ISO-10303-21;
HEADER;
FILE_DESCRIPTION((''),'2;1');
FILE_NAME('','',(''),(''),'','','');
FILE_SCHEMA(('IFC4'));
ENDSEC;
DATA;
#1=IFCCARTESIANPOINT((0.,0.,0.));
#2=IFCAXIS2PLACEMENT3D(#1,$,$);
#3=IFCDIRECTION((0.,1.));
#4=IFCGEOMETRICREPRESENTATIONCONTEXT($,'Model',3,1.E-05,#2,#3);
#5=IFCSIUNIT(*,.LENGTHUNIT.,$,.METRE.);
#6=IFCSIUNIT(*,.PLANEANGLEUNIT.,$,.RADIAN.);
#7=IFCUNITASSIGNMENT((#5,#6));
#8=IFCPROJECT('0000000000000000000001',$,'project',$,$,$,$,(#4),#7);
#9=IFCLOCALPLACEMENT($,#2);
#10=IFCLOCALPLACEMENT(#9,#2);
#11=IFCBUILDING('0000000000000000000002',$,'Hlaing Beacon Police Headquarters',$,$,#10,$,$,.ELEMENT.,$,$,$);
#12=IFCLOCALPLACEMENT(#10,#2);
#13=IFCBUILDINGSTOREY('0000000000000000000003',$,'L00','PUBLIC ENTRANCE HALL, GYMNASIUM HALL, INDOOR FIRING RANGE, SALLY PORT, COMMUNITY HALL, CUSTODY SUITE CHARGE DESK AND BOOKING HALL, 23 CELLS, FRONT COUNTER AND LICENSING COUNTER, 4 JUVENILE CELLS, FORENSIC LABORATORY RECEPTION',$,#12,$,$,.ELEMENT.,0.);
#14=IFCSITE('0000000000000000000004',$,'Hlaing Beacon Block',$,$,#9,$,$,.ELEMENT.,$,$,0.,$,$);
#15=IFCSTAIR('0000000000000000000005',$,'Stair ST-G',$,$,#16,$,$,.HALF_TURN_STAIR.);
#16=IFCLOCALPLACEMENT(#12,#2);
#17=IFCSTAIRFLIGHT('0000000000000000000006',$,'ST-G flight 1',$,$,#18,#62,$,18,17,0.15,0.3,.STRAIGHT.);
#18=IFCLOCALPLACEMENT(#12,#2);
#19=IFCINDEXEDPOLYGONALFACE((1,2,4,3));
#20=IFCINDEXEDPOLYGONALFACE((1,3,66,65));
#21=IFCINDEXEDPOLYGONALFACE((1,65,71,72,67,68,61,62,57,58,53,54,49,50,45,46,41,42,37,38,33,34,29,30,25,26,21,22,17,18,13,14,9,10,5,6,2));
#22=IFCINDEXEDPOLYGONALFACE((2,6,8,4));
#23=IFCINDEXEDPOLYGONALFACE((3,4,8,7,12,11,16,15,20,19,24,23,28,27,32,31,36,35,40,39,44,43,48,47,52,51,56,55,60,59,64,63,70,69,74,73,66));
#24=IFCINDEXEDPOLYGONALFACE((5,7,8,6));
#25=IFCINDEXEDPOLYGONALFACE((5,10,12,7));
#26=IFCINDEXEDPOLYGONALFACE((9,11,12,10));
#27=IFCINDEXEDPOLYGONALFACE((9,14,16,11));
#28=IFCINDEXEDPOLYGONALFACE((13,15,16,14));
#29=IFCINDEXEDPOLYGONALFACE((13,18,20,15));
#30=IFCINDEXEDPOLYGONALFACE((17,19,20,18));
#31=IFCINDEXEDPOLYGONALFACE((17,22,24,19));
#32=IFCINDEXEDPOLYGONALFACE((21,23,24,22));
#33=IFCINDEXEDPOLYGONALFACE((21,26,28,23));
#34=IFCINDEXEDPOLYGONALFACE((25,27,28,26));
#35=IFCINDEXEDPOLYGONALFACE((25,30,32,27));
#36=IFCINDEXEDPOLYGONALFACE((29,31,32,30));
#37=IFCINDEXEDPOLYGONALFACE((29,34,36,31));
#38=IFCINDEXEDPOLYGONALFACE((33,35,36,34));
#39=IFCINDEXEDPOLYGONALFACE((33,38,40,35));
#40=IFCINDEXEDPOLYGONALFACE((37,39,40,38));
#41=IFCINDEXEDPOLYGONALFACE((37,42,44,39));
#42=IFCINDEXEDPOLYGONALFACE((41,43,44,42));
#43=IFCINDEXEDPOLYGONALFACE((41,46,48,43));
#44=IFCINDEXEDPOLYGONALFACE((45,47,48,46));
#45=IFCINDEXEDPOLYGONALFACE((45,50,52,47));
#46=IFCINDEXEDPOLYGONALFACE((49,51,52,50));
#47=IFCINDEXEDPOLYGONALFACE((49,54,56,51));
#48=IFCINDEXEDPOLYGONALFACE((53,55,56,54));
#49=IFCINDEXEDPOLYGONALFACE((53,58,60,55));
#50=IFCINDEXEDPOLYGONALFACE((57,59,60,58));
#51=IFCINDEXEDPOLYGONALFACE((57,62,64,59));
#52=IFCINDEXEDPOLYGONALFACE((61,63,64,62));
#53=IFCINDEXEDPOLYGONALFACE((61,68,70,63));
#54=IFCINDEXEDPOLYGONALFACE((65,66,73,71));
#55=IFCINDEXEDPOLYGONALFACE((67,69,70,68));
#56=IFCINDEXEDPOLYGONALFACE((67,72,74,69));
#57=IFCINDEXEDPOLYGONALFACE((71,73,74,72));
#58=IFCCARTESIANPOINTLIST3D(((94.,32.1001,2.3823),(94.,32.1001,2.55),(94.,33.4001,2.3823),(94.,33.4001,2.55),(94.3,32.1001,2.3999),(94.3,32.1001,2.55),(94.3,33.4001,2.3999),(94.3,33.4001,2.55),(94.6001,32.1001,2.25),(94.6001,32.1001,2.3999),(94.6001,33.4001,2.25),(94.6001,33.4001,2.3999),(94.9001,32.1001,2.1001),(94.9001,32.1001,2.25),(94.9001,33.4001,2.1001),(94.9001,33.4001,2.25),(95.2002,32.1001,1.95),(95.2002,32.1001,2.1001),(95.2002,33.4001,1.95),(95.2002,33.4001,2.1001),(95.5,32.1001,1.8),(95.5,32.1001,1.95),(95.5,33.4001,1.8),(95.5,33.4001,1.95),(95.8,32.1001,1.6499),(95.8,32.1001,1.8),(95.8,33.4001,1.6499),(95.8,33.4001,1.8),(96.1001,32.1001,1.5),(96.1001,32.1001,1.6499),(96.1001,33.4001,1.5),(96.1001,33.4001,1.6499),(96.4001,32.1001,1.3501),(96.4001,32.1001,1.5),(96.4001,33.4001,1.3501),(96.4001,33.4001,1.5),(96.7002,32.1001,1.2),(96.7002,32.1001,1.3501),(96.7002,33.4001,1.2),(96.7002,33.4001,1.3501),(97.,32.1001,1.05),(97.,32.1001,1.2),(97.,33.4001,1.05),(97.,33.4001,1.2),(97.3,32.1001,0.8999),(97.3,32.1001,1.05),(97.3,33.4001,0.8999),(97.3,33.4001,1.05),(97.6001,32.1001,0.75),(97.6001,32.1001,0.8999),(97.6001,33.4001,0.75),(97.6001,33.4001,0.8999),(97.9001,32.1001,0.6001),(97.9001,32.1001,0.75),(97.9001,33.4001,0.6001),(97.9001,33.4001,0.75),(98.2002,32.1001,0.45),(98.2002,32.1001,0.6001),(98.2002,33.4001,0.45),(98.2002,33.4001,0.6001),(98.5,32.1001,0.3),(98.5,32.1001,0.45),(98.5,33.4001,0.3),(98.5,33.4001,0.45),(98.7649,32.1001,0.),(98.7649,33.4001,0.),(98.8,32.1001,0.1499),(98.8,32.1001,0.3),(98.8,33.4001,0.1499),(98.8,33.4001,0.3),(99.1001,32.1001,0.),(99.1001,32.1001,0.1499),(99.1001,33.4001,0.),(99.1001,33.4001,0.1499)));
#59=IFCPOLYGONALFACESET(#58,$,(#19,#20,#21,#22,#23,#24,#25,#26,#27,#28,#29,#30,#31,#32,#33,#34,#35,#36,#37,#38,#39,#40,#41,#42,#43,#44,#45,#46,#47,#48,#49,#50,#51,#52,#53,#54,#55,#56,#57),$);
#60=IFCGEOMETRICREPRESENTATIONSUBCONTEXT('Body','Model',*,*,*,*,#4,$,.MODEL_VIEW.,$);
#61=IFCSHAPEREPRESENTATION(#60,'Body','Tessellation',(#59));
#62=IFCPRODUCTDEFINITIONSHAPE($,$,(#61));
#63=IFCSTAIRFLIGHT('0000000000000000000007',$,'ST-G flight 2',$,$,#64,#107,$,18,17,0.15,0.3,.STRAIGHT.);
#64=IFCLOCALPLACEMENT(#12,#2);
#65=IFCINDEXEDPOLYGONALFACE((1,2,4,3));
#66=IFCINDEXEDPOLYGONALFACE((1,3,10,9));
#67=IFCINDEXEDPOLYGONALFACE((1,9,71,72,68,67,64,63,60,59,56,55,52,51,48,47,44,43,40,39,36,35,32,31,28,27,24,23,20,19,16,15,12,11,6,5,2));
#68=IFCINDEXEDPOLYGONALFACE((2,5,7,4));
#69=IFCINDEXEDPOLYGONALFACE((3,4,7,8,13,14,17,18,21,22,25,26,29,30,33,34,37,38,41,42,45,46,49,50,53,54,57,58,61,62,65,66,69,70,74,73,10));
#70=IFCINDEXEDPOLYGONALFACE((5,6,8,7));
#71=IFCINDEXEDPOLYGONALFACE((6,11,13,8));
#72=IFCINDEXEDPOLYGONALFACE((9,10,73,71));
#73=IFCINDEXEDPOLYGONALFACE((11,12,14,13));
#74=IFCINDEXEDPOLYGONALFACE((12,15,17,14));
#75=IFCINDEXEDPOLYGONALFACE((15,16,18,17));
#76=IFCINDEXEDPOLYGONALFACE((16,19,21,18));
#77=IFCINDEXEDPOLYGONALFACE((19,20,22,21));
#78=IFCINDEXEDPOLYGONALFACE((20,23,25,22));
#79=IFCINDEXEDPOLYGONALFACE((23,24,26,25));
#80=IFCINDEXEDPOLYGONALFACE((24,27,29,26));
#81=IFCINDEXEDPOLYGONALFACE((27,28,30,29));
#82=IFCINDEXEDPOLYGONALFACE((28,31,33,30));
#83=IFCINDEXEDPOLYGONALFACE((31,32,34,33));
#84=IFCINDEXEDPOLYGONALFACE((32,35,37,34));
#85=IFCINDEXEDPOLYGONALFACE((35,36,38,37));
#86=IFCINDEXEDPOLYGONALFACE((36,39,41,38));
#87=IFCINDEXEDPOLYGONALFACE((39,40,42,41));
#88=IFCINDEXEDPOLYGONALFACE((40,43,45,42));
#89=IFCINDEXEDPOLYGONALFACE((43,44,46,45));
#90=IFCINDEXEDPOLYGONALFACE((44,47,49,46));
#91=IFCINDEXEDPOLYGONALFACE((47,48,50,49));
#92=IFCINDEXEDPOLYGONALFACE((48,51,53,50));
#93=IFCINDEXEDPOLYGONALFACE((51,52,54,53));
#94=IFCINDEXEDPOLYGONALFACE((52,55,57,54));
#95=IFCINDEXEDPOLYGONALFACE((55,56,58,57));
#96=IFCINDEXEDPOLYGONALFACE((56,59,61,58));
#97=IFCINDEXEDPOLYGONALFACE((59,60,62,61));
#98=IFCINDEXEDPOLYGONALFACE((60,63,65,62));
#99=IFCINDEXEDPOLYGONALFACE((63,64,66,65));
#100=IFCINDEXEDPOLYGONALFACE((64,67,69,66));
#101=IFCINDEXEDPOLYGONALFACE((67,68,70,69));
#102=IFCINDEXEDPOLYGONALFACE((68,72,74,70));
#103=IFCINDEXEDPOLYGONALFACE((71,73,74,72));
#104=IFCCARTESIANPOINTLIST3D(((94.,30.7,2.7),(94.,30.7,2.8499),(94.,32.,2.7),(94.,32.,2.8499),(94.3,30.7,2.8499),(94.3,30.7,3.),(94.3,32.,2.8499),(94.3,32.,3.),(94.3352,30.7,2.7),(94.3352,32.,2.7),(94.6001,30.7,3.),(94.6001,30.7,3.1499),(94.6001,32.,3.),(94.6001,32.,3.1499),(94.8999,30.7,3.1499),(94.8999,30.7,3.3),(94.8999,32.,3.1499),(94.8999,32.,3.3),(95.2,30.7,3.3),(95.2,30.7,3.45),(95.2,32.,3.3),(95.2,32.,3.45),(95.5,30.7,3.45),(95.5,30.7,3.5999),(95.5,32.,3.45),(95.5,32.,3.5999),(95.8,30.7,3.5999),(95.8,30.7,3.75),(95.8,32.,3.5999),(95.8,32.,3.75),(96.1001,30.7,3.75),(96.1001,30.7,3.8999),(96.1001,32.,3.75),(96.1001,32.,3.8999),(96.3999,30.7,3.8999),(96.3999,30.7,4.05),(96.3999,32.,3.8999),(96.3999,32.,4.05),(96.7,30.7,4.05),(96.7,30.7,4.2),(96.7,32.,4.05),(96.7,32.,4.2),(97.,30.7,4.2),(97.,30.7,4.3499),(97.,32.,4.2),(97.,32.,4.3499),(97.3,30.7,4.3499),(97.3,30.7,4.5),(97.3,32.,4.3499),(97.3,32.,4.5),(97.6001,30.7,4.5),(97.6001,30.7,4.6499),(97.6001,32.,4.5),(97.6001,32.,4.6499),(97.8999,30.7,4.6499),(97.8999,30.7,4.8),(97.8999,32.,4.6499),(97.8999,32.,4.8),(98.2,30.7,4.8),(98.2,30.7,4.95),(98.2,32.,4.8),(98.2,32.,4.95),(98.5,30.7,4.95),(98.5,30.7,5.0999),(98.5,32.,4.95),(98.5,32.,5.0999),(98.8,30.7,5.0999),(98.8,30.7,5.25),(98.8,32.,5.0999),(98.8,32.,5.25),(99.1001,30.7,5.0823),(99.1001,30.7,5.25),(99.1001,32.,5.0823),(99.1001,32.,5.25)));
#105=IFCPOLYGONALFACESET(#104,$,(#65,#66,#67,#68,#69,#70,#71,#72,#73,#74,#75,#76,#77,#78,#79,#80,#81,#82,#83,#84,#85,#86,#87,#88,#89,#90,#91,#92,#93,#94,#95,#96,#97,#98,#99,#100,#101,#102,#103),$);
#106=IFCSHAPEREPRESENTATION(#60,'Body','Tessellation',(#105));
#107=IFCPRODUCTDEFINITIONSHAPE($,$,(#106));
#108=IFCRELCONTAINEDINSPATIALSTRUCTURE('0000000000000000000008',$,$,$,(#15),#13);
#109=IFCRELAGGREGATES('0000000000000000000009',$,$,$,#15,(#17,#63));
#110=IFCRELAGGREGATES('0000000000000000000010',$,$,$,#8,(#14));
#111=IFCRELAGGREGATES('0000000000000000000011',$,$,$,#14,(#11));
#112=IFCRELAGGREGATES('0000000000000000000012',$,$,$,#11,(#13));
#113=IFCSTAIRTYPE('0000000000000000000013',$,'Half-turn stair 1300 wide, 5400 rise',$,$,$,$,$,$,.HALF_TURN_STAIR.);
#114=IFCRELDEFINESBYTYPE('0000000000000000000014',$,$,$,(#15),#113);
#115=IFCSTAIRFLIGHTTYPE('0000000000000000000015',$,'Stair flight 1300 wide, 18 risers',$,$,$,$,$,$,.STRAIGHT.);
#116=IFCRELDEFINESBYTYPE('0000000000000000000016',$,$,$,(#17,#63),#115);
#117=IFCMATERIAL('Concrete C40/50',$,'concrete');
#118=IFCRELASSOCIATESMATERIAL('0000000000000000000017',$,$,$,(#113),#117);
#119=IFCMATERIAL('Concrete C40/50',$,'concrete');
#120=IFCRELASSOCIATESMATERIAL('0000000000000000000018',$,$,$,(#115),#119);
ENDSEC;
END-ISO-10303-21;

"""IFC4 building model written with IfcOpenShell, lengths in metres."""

from ifc_helpers import new_model, si_unit, direction, frame, origin, place, context, subcontext, project, spatial, polyline, outline, extrude, material, type_object, element, aggregate, save


model = new_model("IFC4")

# Units and contexts
model_context = context("Model", 3, precision=1e-05, world=origin(), true_north=direction((0.0, 1.0)))
body_context = subcontext(model_context, "Body", "Model", "MODEL_VIEW")
ifc_project = project(units=[si_unit("LENGTHUNIT", "METRE"), si_unit("PLANEANGLEUNIT", "RADIAN")], contexts=[model_context])

# Site, building, storey
site_placement = place(None, origin())
site = spatial("IfcSite", under=ifc_project, at=site_placement, Name="Hlaing Beacon Block", CompositionType="ELEMENT", RefElevation=0.0)
building_placement = place(site_placement, origin())
building = spatial("IfcBuilding", under=site, at=building_placement, Name="Hlaing Beacon Police Headquarters", CompositionType="ELEMENT")
storey_placement = place(building_placement, origin())
storey = spatial("IfcBuildingStorey", under=building, at=storey_placement, Name="L00", Description="PUBLIC ENTRANCE HALL, GYMNASIUM HALL, INDOOR FIRING RANGE, SALLY PORT, COMMUNITY HALL, CUSTODY SUITE CHARGE DESK AND BOOKING HALL, 23 CELLS, FRONT COUNTER AND LICENSING COUNTER, 4 JUVENILE CELLS, FORENSIC LABORATORY RECEPTION", CompositionType="ELEMENT", Elevation=0.0)

# Stair, stair flights
ifc_material_1 = material(Name="Concrete C40/50", Category="concrete")
stair_type = type_object("IfcStairType", Name="Half-turn stair 1300 wide, 5400 rise", PredefinedType="HALF_TURN_STAIR", material=ifc_material_1)
stair_placement = place(storey_placement, origin())
stair = element("IfcStair", 1, at=stair_placement, inside=storey, type_object=stair_type, Name="Stair ST-G", PredefinedType="HALF_TURN_STAIR")
ifc_material_2 = material(Name="Concrete C40/50", Category="concrete")
stair_flight_type = type_object("IfcStairFlightType", Name="Stair flight 1300 wide, 18 risers", PredefinedType="STRAIGHT", material=ifc_material_2)
stair_flight_1_placement = place(storey_placement, frame((99.1001, 32.75, 0.0), z_axis=(0.0, 0.0, 1.0), x_axis=(-1.0, 0.0, 0.0)))
stair_flight_1 = element("IfcStairFlight", 2, at=stair_flight_1_placement, type_object=stair_flight_type, Name="ST-G flight 1", NumberOfRisers=18, NumberOfTreads=17, PredefinedType="STRAIGHT", RiserHeight=0.15, TreadLength=0.3, context=body_context, shape_type="SweptSolid", body=[
    extrude(outline(polyline([(0.0, 0.0), (0.0, 0.1499), (0.3, 0.1499), (0.3, 0.3), (0.6001, 0.3), (0.6001, 0.45), (0.8999, 0.45), (0.8999, 0.6001), (1.2, 0.6001), (1.2, 0.75), (1.5, 0.75), (1.5, 0.8999), (1.8, 0.8999), (1.8, 1.05), (2.1001, 1.05), (2.1001, 1.2), (2.3999, 1.2), (2.3999, 1.3501), (2.7, 1.3501), (2.7, 1.5), (3.0, 1.5), (3.0, 1.6499), (3.3, 1.6499), (3.3, 1.8), (3.6001, 1.8), (3.6001, 1.95), (3.8999, 1.95), (3.8999, 2.1001), (4.2, 2.1001), (4.2, 2.25), (4.5, 2.25), (4.5, 2.3999), (4.8, 2.3999), (4.8, 2.55), (5.1001, 2.55), (5.1001, 2.7), (5.1001, 2.3823), (0.3352, 0.0), (0.0, 0.0)])), frame((0.0, 0.6499, 0.0), z_axis=(0.0, -1.0, 0.0), x_axis=(1.0, 0.0, 0.0)), (0.0, 0.0, 1.0), 1.3),
])
stair_flight_2_placement = place(storey_placement, frame((94.0, 31.3501, 2.7), z_axis=(0.0, 0.0, 1.0), x_axis=(1.0, 0.0, 0.0)))
stair_flight_2 = element("IfcStairFlight", 3, at=stair_flight_2_placement, type_object=stair_flight_type, Name="ST-G flight 2", NumberOfRisers=18, NumberOfTreads=17, PredefinedType="STRAIGHT", RiserHeight=0.15, TreadLength=0.3, context=body_context, shape_type="SweptSolid", body=[
    extrude(outline(polyline([(0.0, 0.0), (0.0, 0.1499), (0.3, 0.1499), (0.3, 0.3), (0.6001, 0.3), (0.6001, 0.45), (0.8999, 0.45), (0.8999, 0.6001), (1.2, 0.6001), (1.2, 0.75), (1.5, 0.75), (1.5, 0.8999), (1.8, 0.8999), (1.8, 1.05), (2.1001, 1.05), (2.1001, 1.2), (2.3999, 1.2), (2.3999, 1.3501), (2.7, 1.3501), (2.7, 1.5), (3.0, 1.5), (3.0, 1.6499), (3.3, 1.6499), (3.3, 1.8), (3.6001, 1.8), (3.6001, 1.95), (3.8999, 1.95), (3.8999, 2.1001), (4.2, 2.1001), (4.2, 2.25), (4.5, 2.25), (4.5, 2.3999), (4.8, 2.3999), (4.8, 2.55), (5.1001, 2.55), (5.1001, 2.7), (5.1001, 2.3823), (0.3352, 0.0), (0.0, 0.0)])), frame((0.0, 0.6499, 0.0), z_axis=(0.0, -1.0, 0.0), x_axis=(1.0, 0.0, 0.0)), (0.0, 0.0, 1.0), 1.3),
])
aggregate(stair, [stair_flight_1, stair_flight_2])

save(model, "model.ifc")
